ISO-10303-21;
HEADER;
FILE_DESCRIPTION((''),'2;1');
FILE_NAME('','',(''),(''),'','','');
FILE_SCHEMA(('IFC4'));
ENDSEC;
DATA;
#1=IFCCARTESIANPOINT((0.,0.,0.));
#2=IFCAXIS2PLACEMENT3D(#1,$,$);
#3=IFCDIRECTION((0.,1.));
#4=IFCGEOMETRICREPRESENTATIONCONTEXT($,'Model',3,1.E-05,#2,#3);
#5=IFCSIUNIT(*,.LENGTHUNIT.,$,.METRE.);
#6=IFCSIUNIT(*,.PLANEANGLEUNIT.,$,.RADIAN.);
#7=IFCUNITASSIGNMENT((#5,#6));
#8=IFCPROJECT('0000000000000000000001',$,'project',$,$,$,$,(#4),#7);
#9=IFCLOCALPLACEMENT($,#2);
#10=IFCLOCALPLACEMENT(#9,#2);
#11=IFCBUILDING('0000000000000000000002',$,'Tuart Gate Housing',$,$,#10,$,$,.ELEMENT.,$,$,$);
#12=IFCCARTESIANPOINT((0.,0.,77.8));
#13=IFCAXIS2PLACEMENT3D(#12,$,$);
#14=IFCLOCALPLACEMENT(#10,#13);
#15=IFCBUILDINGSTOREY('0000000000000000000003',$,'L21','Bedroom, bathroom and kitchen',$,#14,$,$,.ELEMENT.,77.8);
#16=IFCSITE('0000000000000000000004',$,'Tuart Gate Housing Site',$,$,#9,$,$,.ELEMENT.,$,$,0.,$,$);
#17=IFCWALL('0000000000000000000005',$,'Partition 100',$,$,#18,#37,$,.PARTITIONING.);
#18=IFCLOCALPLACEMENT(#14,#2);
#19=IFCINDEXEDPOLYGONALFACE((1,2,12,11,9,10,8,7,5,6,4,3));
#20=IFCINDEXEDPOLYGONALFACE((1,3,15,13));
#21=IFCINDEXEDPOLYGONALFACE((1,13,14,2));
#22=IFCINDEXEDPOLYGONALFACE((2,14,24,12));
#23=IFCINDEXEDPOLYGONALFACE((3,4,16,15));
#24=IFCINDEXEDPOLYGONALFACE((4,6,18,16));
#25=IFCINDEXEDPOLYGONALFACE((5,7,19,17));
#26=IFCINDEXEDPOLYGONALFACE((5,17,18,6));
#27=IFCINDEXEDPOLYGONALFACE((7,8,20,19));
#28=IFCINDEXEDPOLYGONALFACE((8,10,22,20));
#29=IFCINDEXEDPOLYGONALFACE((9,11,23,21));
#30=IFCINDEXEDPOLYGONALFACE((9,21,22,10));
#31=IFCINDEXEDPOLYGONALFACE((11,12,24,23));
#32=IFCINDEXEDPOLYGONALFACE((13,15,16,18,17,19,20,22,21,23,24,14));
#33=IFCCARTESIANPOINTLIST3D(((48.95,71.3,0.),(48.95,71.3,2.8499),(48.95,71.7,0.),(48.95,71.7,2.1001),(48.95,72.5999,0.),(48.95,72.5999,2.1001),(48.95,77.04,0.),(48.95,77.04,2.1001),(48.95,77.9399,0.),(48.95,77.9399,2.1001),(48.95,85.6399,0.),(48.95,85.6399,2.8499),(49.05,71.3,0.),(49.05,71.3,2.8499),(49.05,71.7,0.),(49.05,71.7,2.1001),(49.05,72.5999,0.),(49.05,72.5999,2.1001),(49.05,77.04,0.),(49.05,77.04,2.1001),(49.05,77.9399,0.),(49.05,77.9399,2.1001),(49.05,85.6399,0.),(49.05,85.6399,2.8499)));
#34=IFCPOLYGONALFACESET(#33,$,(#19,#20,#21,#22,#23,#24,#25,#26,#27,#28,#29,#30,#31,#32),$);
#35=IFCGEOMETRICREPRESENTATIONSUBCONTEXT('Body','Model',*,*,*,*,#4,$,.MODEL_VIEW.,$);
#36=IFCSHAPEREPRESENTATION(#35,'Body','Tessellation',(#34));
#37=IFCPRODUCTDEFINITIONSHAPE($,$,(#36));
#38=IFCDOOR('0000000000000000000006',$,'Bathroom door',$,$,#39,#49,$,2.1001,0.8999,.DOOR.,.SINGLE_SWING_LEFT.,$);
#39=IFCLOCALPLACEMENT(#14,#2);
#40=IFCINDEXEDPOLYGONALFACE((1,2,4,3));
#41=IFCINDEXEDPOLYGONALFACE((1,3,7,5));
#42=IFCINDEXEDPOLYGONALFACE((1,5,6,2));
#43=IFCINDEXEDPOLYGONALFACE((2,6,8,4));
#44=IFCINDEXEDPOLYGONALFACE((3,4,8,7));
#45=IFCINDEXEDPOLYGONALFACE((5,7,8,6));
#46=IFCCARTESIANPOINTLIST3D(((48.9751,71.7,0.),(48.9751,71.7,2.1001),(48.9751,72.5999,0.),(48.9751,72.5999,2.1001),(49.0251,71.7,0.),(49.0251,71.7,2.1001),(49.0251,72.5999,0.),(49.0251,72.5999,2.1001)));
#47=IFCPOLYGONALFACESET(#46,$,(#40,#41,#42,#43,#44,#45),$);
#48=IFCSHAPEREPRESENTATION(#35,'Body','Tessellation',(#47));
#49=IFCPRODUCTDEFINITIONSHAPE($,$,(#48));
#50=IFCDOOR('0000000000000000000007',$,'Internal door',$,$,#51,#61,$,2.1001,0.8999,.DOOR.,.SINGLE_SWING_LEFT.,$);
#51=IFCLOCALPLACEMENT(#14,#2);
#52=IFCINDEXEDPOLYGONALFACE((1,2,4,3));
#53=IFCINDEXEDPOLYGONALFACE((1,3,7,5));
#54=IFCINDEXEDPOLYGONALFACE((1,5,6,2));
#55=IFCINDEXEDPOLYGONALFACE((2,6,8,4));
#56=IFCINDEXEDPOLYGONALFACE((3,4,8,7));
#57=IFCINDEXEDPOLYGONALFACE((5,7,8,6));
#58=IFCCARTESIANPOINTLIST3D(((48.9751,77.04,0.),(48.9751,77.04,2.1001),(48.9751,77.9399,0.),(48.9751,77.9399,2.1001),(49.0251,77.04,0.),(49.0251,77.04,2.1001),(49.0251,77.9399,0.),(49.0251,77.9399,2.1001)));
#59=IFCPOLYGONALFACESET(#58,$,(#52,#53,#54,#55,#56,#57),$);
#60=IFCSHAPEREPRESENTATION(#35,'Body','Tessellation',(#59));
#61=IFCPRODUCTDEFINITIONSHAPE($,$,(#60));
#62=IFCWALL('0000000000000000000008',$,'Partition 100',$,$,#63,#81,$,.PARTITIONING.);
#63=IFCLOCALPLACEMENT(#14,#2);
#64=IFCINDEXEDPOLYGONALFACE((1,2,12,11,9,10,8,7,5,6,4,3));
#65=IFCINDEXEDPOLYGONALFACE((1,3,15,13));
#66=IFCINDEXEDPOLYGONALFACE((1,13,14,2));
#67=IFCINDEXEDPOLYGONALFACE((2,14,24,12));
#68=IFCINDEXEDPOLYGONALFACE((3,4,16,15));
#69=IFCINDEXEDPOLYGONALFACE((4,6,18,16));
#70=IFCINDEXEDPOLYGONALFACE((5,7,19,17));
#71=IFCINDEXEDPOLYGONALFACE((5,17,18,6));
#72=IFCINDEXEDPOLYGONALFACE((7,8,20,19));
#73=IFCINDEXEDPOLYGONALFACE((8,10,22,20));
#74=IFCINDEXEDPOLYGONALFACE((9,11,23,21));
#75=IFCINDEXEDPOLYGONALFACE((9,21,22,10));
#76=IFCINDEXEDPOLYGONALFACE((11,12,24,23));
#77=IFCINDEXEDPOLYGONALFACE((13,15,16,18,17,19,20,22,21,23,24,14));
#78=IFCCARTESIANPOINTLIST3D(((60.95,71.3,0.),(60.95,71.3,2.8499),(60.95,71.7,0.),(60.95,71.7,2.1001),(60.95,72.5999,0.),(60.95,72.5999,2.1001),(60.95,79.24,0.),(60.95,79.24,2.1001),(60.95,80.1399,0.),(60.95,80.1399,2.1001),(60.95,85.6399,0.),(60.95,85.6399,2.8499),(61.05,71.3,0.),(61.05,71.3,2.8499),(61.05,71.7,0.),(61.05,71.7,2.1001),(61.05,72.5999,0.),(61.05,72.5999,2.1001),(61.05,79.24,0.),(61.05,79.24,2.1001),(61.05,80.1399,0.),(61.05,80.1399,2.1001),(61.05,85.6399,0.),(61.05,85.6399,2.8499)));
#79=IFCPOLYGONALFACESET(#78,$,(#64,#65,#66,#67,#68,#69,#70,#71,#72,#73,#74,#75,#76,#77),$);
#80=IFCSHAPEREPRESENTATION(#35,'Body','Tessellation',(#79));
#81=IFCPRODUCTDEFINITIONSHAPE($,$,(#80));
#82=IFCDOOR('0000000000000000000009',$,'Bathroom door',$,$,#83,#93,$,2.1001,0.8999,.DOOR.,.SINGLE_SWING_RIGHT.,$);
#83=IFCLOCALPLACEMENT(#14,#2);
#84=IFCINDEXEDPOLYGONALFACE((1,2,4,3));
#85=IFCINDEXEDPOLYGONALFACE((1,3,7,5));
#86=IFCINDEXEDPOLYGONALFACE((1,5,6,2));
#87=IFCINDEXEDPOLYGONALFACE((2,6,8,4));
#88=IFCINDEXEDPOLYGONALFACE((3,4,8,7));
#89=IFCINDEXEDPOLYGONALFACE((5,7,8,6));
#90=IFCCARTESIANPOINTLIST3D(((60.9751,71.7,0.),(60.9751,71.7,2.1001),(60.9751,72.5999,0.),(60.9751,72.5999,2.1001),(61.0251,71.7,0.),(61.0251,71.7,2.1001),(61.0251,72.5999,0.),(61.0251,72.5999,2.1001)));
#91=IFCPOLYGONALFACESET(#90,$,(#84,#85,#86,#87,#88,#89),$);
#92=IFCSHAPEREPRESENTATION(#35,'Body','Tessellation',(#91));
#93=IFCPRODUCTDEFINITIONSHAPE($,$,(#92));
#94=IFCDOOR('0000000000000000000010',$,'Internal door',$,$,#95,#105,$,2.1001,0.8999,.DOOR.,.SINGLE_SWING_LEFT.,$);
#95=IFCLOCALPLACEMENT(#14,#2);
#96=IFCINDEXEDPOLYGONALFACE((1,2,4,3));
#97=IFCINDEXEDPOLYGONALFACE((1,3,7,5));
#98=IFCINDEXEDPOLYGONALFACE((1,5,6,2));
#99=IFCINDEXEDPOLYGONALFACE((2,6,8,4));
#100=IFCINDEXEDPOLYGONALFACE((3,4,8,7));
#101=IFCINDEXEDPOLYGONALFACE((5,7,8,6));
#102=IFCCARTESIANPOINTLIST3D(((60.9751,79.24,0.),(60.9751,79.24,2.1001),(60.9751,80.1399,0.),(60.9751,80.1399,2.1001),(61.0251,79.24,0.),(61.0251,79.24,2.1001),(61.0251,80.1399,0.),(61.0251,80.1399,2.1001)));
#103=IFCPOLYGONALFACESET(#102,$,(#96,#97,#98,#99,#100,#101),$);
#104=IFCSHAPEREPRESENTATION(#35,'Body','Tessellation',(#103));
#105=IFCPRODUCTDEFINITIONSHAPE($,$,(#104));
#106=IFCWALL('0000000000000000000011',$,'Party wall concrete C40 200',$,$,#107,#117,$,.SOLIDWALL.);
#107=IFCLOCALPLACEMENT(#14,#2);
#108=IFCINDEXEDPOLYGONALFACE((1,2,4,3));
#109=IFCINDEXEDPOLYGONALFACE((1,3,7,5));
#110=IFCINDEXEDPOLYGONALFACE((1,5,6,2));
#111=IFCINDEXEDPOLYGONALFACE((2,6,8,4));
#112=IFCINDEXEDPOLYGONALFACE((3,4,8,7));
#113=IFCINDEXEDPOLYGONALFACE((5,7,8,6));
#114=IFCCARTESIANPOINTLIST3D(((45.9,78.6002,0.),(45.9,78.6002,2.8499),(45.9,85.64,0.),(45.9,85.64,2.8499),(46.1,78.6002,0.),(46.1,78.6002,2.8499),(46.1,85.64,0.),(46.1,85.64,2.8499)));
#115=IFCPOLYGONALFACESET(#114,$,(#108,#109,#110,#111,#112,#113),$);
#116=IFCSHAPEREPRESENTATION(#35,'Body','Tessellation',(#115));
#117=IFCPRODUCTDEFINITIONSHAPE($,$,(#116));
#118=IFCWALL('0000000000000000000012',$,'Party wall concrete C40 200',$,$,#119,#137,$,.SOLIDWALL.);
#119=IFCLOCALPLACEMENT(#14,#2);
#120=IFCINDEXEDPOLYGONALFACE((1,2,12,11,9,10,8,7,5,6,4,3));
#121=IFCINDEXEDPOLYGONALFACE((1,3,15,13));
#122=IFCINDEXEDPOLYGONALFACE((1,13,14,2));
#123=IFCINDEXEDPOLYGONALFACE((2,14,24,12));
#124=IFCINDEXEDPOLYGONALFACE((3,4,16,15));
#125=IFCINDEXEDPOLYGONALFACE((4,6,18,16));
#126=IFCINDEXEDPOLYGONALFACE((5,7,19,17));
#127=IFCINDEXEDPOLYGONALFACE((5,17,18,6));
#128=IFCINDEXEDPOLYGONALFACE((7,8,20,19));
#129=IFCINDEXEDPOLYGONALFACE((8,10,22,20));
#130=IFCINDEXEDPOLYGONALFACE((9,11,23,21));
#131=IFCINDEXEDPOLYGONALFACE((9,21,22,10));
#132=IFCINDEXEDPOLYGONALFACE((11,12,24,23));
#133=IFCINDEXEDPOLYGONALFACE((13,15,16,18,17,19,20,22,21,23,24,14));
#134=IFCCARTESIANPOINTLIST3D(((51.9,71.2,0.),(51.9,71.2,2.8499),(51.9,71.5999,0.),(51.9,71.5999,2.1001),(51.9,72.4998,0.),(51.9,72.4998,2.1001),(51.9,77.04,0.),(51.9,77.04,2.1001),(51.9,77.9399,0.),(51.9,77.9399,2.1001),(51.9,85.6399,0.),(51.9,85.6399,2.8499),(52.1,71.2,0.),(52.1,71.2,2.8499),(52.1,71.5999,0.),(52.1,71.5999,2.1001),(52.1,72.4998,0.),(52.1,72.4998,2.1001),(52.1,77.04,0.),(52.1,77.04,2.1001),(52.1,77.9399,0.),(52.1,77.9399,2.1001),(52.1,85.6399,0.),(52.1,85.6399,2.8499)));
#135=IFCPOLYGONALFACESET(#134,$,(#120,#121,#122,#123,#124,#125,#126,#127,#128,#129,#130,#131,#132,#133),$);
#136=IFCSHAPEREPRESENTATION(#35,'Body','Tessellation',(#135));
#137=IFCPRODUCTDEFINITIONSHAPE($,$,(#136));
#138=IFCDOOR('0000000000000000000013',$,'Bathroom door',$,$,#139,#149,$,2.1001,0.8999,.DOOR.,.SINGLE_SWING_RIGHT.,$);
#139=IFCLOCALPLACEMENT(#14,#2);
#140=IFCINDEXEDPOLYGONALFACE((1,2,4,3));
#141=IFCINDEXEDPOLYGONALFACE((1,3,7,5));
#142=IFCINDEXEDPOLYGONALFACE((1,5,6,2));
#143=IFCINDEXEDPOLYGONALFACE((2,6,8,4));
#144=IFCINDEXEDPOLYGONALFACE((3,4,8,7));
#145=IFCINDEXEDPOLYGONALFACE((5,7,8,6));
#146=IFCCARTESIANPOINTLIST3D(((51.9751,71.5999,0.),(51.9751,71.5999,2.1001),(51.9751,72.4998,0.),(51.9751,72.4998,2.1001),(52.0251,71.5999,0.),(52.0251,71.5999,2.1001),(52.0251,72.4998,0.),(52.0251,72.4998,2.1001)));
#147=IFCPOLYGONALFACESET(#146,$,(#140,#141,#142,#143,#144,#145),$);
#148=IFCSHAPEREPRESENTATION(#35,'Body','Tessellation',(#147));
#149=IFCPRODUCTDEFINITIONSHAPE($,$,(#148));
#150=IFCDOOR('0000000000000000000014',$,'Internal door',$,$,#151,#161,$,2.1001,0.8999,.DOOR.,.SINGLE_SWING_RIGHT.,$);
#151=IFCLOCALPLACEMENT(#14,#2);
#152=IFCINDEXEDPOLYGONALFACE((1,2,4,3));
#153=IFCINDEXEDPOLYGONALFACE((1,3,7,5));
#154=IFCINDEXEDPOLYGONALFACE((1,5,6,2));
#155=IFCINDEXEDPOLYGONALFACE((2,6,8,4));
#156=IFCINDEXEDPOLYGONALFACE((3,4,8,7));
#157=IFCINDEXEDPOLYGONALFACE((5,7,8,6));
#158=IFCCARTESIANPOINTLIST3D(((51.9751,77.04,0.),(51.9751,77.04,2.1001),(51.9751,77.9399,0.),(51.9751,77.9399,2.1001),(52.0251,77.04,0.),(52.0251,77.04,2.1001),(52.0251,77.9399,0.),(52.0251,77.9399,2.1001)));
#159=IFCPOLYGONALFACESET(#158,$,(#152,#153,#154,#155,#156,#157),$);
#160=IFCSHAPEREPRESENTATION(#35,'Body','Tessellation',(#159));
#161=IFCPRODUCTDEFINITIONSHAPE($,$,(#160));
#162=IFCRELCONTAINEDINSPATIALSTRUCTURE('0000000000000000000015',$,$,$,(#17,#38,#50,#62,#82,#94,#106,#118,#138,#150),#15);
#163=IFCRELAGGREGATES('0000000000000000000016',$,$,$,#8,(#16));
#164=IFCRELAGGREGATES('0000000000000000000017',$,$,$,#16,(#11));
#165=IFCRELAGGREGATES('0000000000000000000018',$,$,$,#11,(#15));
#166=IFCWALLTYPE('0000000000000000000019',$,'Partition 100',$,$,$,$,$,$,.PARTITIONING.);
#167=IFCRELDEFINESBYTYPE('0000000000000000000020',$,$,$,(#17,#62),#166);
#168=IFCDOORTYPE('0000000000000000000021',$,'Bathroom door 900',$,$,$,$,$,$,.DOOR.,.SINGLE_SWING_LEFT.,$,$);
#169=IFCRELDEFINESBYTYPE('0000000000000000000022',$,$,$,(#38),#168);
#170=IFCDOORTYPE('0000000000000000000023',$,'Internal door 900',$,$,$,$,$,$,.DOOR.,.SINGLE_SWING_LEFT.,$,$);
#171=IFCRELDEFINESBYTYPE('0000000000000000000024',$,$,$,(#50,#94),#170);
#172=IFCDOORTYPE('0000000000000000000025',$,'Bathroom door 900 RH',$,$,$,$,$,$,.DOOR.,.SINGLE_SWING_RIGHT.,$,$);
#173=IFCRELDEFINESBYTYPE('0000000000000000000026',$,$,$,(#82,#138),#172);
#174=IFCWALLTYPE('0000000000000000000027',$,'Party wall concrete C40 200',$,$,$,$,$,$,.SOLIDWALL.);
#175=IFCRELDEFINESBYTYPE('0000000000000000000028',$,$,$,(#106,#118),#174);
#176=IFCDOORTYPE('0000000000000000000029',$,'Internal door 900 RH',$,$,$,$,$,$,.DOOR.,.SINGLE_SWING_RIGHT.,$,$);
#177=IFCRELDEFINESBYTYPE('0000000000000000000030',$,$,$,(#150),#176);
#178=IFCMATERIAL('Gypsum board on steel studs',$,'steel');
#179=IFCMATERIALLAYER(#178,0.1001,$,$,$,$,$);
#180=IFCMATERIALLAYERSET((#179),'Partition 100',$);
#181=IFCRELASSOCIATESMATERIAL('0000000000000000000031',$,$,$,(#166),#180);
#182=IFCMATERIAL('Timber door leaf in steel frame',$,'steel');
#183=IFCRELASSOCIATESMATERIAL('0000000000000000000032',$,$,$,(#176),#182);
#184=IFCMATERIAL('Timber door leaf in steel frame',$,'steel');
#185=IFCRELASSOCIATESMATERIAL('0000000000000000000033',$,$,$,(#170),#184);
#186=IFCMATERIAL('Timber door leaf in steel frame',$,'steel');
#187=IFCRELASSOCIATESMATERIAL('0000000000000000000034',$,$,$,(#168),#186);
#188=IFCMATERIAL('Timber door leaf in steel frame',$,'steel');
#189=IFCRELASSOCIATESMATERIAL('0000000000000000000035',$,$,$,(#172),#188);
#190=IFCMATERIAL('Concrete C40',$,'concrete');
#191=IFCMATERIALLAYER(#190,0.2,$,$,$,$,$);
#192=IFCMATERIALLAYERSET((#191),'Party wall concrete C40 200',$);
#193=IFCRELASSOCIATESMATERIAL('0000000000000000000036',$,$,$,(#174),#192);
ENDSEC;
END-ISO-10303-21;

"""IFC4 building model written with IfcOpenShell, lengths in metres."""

from ifc_helpers import new_model, si_unit, direction, frame, frame_2d, origin, place, context, subcontext, project, spatial, rectangle, extrude, material, layer, layer_set, type_object, element, fill, save


model = new_model("IFC4")

# Units and contexts
model_context = context("Model", 3, precision=1e-05, world=origin(), true_north=direction((0.0, 1.0)))
body_context = subcontext(model_context, "Body", "Model", "MODEL_VIEW")
ifc_project = project(units=[si_unit("LENGTHUNIT", "METRE"), si_unit("PLANEANGLEUNIT", "RADIAN")], contexts=[model_context])

# Site, building, storey
site_placement = place(None, origin())
site = spatial("IfcSite", under=ifc_project, at=site_placement, Name="Tuart Gate Housing Site", CompositionType="ELEMENT", RefElevation=0.0)
building_placement = place(site_placement, origin())
building = spatial("IfcBuilding", under=site, at=building_placement, Name="Tuart Gate Housing", CompositionType="ELEMENT")
storey_placement = place(building_placement, frame((0.0, 0.0, 77.8)))
storey = spatial("IfcBuildingStorey", under=building, at=storey_placement, Name="L21", Description="Bedroom, bathroom and kitchen", CompositionType="ELEMENT", Elevation=77.8)

# Shared definitions
ifc_material_1 = material(Name="Gypsum board on steel studs", Category="steel")
ifc_layer_1 = layer(ifc_material_1, 0.1001)
ifc_layer_set_1 = layer_set([ifc_layer_1], Name="Partition 100")
wall_type_1 = type_object("IfcWallType", Name="Partition 100", PredefinedType="PARTITIONING", material=ifc_layer_set_1)

# Shared definitions
ifc_material_2 = material(Name="Timber door leaf in steel frame", Category="steel")
door_type_1 = type_object("IfcDoorType", Name="Internal door 900 RH", OperationType="SINGLE_SWING_RIGHT", PredefinedType="DOOR", material=ifc_material_2)
ifc_material_3 = material(Name="Timber door leaf in steel frame", Category="steel")
door_type_2 = type_object("IfcDoorType", Name="Internal door 900", OperationType="SINGLE_SWING_LEFT", PredefinedType="DOOR", material=ifc_material_3)

# Walls, openings, doors
wall_1_placement = place(storey_placement, frame((49.0, 71.3, 0.0), z_axis=(0.0, 0.0, 1.0), x_axis=(0.0, 1.0, 0.0)))
wall_1 = element("IfcWall", 1, at=wall_1_placement, inside=storey, type_object=wall_type_1, Name="Partition 100", PredefinedType="PARTITIONING", context=body_context, shape_type="SweptSolid", body=[
    extrude(rectangle(XDim=14.3398, YDim=0.1001, at=frame_2d((7.1699, 0.0))), origin(), (0.0, 0.0, 1.0), 2.8499),
])
opening_1_placement = place(wall_1_placement, frame((5.74, 0.0, 0.0)))
opening_1 = element("IfcOpeningElement", 2, at=opening_1_placement, cuts=wall_1, PredefinedType="OPENING", context=body_context, shape_type="SweptSolid", body=[
    extrude(rectangle(XDim=0.8999, YDim=2.1001, at=frame_2d((0.45, 1.05))), frame((0.0, 0.0601, 0.0), z_axis=(0.0, -1.0, 0.0), x_axis=(1.0, 0.0, 0.0)), (0.0, 0.0, 1.0), 0.1201),
])
opening_2_placement = place(wall_1_placement, frame((0.3999, 0.0, 0.0)))
opening_2 = element("IfcOpeningElement", 3, at=opening_2_placement, cuts=wall_1, PredefinedType="OPENING", context=body_context, shape_type="SweptSolid", body=[
    extrude(rectangle(XDim=0.8999, YDim=2.1001, at=frame_2d((0.45, 1.05))), frame((0.0, 0.0601, 0.0), z_axis=(0.0, -1.0, 0.0), x_axis=(1.0, 0.0, 0.0)), (0.0, 0.0, 1.0), 0.1201),
])
ifc_material_4 = material(Name="Timber door leaf in steel frame", Category="steel")
door_type_3 = type_object("IfcDoorType", Name="Bathroom door 900", OperationType="SINGLE_SWING_LEFT", PredefinedType="DOOR", material=ifc_material_4)
door_1_placement = place(opening_2_placement, origin())
door_1 = element("IfcDoor", 4, at=door_1_placement, inside=storey, type_object=door_type_3, Name="Bathroom door", OperationType="SINGLE_SWING_LEFT", OverallHeight=2.1001, OverallWidth=0.8999, PredefinedType="DOOR", context=body_context, shape_type="SweptSolid", body=[
    extrude(rectangle(XDim=0.8999, YDim=2.1001, at=frame_2d((0.45, 1.05))), frame((0.0, 0.0249, 0.0), z_axis=(0.0, -1.0, 0.0), x_axis=(1.0, 0.0, 0.0)), (0.0, 0.0, 1.0), 0.05),
])
fill(opening_2, door_1)
door_2_placement = place(opening_1_placement, origin())
door_2 = element("IfcDoor", 5, at=door_2_placement, inside=storey, type_object=door_type_2, Name="Internal door", OperationType="SINGLE_SWING_LEFT", OverallHeight=2.1001, OverallWidth=0.8999, PredefinedType="DOOR", context=body_context, shape_type="SweptSolid", body=[
    extrude(rectangle(XDim=0.8999, YDim=2.1001, at=frame_2d((0.45, 1.05))), frame((0.0, 0.0249, 0.0), z_axis=(0.0, -1.0, 0.0), x_axis=(1.0, 0.0, 0.0)), (0.0, 0.0, 1.0), 0.05),
])
fill(opening_1, door_2)
wall_2_placement = place(storey_placement, frame((61.0, 71.3, 0.0), z_axis=(0.0, 0.0, 1.0), x_axis=(0.0, 1.0, 0.0)))
wall_2 = element("IfcWall", 6, at=wall_2_placement, inside=storey, type_object=wall_type_1, Name="Partition 100", PredefinedType="PARTITIONING", context=body_context, shape_type="SweptSolid", body=[
    extrude(rectangle(XDim=14.3398, YDim=0.1001, at=frame_2d((7.1699, 0.0))), origin(), (0.0, 0.0, 1.0), 2.8499),
])
opening_3_placement = place(wall_2_placement, frame((7.9399, 0.0, 0.0)))
opening_3 = element("IfcOpeningElement", 7, at=opening_3_placement, cuts=wall_2, PredefinedType="OPENING", context=body_context, shape_type="SweptSolid", body=[
    extrude(rectangle(XDim=0.8999, YDim=2.1001, at=frame_2d((0.45, 1.05))), frame((0.0, 0.0601, 0.0), z_axis=(0.0, -1.0, 0.0), x_axis=(1.0, 0.0, 0.0)), (0.0, 0.0, 1.0), 0.1201),
])
opening_4_placement = place(wall_2_placement, frame((0.3999, 0.0, 0.0)))
opening_4 = element("IfcOpeningElement", 8, at=opening_4_placement, cuts=wall_2, PredefinedType="OPENING", context=body_context, shape_type="SweptSolid", body=[
    extrude(rectangle(XDim=0.8999, YDim=2.1001, at=frame_2d((0.45, 1.05))), frame((0.0, 0.0601, 0.0), z_axis=(0.0, -1.0, 0.0), x_axis=(1.0, 0.0, 0.0)), (0.0, 0.0, 1.0), 0.1201),
])
ifc_material_5 = material(Name="Timber door leaf in steel frame", Category="steel")
door_type_4 = type_object("IfcDoorType", Name="Bathroom door 900 RH", OperationType="SINGLE_SWING_RIGHT", PredefinedType="DOOR", material=ifc_material_5)
door_3_placement = place(opening_4_placement, frame((0.8999, 0.0, 0.0), z_axis=(0.0, 0.0, 1.0), x_axis=(-1.0, 0.0, 0.0)))
door_3 = element("IfcDoor", 9, at=door_3_placement, inside=storey, type_object=door_type_4, Name="Bathroom door", OperationType="SINGLE_SWING_RIGHT", OverallHeight=2.1001, OverallWidth=0.8999, PredefinedType="DOOR", context=body_context, shape_type="SweptSolid", body=[
    extrude(rectangle(XDim=0.8999, YDim=2.1001, at=frame_2d((0.45, 1.05))), frame((0.0, 0.0251, 0.0), z_axis=(0.0, -1.0, 0.0), x_axis=(1.0, 0.0, 0.0)), (0.0, 0.0, 1.0), 0.05),
])
fill(opening_4, door_3)
door_4_placement = place(opening_3_placement, frame((0.8999, 0.0, 0.0), z_axis=(0.0, 0.0, 1.0), x_axis=(-1.0, 0.0, 0.0)))
door_4 = element("IfcDoor", 10, at=door_4_placement, inside=storey, type_object=door_type_2, Name="Internal door", OperationType="SINGLE_SWING_LEFT", OverallHeight=2.1001, OverallWidth=0.8999, PredefinedType="DOOR", context=body_context, shape_type="SweptSolid", body=[
    extrude(rectangle(XDim=0.8999, YDim=2.1001, at=frame_2d((0.45, 1.05))), frame((0.0, 0.0251, 0.0), z_axis=(0.0, -1.0, 0.0), x_axis=(1.0, 0.0, 0.0)), (0.0, 0.0, 1.0), 0.05),
])
fill(opening_3, door_4)

# Wall
ifc_material_6 = material(Name="Concrete C40", Category="concrete")
ifc_layer_2 = layer(ifc_material_6, 0.2)
ifc_layer_set_2 = layer_set([ifc_layer_2], Name="Party wall concrete C40 200")
wall_type_2 = type_object("IfcWallType", Name="Party wall concrete C40 200", PredefinedType="SOLIDWALL", material=ifc_layer_set_2)
wall_3_placement = place(storey_placement, frame((46.0, 78.6001, 0.0), z_axis=(0.0, 0.0, 1.0), x_axis=(0.0, 1.0, 0.0)))
element("IfcWall", 11, at=wall_3_placement, inside=storey, type_object=wall_type_2, Name="Party wall concrete C40 200", PredefinedType="SOLIDWALL", context=body_context, shape_type="SweptSolid", body=[
    extrude(rectangle(XDim=7.0398, YDim=0.2, at=frame_2d((3.52, 0.0))), origin(), (0.0, 0.0, 1.0), 2.8499),
])

# Wall, openings, doors
wall_4_placement = place(storey_placement, frame((52.0, 71.2, 0.0), z_axis=(0.0, 0.0, 1.0), x_axis=(0.0, 1.0, 0.0)))
wall_4 = element("IfcWall", 12, at=wall_4_placement, inside=storey, type_object=wall_type_2, Name="Party wall concrete C40 200", PredefinedType="SOLIDWALL", context=body_context, shape_type="SweptSolid", body=[
    extrude(rectangle(XDim=14.4399, YDim=0.2, at=frame_2d((7.22, 0.0))), origin(), (0.0, 0.0, 1.0), 2.8499),
])
opening_5_placement = place(wall_4_placement, frame((5.8401, 0.0, 0.0)))
opening_5 = element("IfcOpeningElement", 13, at=opening_5_placement, cuts=wall_4, PredefinedType="OPENING", context=body_context, shape_type="SweptSolid", body=[
    extrude(rectangle(XDim=0.8999, YDim=2.1001, at=frame_2d((0.45, 1.05))), frame((0.0, 0.1099, 0.0), z_axis=(0.0, -1.0, 0.0), x_axis=(1.0, 0.0, 0.0)), (0.0, 0.0, 1.0), 0.22),
])
opening_6_placement = place(wall_4_placement, frame((0.3999, 0.0, 0.0)))
opening_6 = element("IfcOpeningElement", 14, at=opening_6_placement, cuts=wall_4, PredefinedType="OPENING", context=body_context, shape_type="SweptSolid", body=[
    extrude(rectangle(XDim=0.8999, YDim=2.1001, at=frame_2d((0.45, 1.05))), frame((0.0, 0.1099, 0.0), z_axis=(0.0, -1.0, 0.0), x_axis=(1.0, 0.0, 0.0)), (0.0, 0.0, 1.0), 0.22),
])
door_5_placement = place(opening_6_placement, frame((0.8999, 0.0, 0.0), z_axis=(0.0, 0.0, 1.0), x_axis=(-1.0, 0.0, 0.0)))
door_5 = element("IfcDoor", 15, at=door_5_placement, inside=storey, type_object=door_type_4, Name="Bathroom door", OperationType="SINGLE_SWING_RIGHT", OverallHeight=2.1001, OverallWidth=0.8999, PredefinedType="DOOR", context=body_context, shape_type="SweptSolid", body=[
    extrude(rectangle(XDim=0.8999, YDim=2.1001, at=frame_2d((0.45, 1.05))), frame((0.0, 0.0251, 0.0), z_axis=(0.0, -1.0, 0.0), x_axis=(1.0, 0.0, 0.0)), (0.0, 0.0, 1.0), 0.05),
])
fill(opening_6, door_5)
door_6_placement = place(opening_5_placement, frame((0.8999, 0.0, 0.0), z_axis=(0.0, 0.0, 1.0), x_axis=(-1.0, 0.0, 0.0)))
door_6 = element("IfcDoor", 16, at=door_6_placement, inside=storey, type_object=door_type_1, Name="Internal door", OperationType="SINGLE_SWING_RIGHT", OverallHeight=2.1001, OverallWidth=0.8999, PredefinedType="DOOR", context=body_context, shape_type="SweptSolid", body=[
    extrude(rectangle(XDim=0.8999, YDim=2.1001, at=frame_2d((0.45, 1.05))), frame((0.0, 0.0251, 0.0), z_axis=(0.0, -1.0, 0.0), x_axis=(1.0, 0.0, 0.0)), (0.0, 0.0, 1.0), 0.05),
])
fill(opening_5, door_6)

save(model, "model.ifc")
